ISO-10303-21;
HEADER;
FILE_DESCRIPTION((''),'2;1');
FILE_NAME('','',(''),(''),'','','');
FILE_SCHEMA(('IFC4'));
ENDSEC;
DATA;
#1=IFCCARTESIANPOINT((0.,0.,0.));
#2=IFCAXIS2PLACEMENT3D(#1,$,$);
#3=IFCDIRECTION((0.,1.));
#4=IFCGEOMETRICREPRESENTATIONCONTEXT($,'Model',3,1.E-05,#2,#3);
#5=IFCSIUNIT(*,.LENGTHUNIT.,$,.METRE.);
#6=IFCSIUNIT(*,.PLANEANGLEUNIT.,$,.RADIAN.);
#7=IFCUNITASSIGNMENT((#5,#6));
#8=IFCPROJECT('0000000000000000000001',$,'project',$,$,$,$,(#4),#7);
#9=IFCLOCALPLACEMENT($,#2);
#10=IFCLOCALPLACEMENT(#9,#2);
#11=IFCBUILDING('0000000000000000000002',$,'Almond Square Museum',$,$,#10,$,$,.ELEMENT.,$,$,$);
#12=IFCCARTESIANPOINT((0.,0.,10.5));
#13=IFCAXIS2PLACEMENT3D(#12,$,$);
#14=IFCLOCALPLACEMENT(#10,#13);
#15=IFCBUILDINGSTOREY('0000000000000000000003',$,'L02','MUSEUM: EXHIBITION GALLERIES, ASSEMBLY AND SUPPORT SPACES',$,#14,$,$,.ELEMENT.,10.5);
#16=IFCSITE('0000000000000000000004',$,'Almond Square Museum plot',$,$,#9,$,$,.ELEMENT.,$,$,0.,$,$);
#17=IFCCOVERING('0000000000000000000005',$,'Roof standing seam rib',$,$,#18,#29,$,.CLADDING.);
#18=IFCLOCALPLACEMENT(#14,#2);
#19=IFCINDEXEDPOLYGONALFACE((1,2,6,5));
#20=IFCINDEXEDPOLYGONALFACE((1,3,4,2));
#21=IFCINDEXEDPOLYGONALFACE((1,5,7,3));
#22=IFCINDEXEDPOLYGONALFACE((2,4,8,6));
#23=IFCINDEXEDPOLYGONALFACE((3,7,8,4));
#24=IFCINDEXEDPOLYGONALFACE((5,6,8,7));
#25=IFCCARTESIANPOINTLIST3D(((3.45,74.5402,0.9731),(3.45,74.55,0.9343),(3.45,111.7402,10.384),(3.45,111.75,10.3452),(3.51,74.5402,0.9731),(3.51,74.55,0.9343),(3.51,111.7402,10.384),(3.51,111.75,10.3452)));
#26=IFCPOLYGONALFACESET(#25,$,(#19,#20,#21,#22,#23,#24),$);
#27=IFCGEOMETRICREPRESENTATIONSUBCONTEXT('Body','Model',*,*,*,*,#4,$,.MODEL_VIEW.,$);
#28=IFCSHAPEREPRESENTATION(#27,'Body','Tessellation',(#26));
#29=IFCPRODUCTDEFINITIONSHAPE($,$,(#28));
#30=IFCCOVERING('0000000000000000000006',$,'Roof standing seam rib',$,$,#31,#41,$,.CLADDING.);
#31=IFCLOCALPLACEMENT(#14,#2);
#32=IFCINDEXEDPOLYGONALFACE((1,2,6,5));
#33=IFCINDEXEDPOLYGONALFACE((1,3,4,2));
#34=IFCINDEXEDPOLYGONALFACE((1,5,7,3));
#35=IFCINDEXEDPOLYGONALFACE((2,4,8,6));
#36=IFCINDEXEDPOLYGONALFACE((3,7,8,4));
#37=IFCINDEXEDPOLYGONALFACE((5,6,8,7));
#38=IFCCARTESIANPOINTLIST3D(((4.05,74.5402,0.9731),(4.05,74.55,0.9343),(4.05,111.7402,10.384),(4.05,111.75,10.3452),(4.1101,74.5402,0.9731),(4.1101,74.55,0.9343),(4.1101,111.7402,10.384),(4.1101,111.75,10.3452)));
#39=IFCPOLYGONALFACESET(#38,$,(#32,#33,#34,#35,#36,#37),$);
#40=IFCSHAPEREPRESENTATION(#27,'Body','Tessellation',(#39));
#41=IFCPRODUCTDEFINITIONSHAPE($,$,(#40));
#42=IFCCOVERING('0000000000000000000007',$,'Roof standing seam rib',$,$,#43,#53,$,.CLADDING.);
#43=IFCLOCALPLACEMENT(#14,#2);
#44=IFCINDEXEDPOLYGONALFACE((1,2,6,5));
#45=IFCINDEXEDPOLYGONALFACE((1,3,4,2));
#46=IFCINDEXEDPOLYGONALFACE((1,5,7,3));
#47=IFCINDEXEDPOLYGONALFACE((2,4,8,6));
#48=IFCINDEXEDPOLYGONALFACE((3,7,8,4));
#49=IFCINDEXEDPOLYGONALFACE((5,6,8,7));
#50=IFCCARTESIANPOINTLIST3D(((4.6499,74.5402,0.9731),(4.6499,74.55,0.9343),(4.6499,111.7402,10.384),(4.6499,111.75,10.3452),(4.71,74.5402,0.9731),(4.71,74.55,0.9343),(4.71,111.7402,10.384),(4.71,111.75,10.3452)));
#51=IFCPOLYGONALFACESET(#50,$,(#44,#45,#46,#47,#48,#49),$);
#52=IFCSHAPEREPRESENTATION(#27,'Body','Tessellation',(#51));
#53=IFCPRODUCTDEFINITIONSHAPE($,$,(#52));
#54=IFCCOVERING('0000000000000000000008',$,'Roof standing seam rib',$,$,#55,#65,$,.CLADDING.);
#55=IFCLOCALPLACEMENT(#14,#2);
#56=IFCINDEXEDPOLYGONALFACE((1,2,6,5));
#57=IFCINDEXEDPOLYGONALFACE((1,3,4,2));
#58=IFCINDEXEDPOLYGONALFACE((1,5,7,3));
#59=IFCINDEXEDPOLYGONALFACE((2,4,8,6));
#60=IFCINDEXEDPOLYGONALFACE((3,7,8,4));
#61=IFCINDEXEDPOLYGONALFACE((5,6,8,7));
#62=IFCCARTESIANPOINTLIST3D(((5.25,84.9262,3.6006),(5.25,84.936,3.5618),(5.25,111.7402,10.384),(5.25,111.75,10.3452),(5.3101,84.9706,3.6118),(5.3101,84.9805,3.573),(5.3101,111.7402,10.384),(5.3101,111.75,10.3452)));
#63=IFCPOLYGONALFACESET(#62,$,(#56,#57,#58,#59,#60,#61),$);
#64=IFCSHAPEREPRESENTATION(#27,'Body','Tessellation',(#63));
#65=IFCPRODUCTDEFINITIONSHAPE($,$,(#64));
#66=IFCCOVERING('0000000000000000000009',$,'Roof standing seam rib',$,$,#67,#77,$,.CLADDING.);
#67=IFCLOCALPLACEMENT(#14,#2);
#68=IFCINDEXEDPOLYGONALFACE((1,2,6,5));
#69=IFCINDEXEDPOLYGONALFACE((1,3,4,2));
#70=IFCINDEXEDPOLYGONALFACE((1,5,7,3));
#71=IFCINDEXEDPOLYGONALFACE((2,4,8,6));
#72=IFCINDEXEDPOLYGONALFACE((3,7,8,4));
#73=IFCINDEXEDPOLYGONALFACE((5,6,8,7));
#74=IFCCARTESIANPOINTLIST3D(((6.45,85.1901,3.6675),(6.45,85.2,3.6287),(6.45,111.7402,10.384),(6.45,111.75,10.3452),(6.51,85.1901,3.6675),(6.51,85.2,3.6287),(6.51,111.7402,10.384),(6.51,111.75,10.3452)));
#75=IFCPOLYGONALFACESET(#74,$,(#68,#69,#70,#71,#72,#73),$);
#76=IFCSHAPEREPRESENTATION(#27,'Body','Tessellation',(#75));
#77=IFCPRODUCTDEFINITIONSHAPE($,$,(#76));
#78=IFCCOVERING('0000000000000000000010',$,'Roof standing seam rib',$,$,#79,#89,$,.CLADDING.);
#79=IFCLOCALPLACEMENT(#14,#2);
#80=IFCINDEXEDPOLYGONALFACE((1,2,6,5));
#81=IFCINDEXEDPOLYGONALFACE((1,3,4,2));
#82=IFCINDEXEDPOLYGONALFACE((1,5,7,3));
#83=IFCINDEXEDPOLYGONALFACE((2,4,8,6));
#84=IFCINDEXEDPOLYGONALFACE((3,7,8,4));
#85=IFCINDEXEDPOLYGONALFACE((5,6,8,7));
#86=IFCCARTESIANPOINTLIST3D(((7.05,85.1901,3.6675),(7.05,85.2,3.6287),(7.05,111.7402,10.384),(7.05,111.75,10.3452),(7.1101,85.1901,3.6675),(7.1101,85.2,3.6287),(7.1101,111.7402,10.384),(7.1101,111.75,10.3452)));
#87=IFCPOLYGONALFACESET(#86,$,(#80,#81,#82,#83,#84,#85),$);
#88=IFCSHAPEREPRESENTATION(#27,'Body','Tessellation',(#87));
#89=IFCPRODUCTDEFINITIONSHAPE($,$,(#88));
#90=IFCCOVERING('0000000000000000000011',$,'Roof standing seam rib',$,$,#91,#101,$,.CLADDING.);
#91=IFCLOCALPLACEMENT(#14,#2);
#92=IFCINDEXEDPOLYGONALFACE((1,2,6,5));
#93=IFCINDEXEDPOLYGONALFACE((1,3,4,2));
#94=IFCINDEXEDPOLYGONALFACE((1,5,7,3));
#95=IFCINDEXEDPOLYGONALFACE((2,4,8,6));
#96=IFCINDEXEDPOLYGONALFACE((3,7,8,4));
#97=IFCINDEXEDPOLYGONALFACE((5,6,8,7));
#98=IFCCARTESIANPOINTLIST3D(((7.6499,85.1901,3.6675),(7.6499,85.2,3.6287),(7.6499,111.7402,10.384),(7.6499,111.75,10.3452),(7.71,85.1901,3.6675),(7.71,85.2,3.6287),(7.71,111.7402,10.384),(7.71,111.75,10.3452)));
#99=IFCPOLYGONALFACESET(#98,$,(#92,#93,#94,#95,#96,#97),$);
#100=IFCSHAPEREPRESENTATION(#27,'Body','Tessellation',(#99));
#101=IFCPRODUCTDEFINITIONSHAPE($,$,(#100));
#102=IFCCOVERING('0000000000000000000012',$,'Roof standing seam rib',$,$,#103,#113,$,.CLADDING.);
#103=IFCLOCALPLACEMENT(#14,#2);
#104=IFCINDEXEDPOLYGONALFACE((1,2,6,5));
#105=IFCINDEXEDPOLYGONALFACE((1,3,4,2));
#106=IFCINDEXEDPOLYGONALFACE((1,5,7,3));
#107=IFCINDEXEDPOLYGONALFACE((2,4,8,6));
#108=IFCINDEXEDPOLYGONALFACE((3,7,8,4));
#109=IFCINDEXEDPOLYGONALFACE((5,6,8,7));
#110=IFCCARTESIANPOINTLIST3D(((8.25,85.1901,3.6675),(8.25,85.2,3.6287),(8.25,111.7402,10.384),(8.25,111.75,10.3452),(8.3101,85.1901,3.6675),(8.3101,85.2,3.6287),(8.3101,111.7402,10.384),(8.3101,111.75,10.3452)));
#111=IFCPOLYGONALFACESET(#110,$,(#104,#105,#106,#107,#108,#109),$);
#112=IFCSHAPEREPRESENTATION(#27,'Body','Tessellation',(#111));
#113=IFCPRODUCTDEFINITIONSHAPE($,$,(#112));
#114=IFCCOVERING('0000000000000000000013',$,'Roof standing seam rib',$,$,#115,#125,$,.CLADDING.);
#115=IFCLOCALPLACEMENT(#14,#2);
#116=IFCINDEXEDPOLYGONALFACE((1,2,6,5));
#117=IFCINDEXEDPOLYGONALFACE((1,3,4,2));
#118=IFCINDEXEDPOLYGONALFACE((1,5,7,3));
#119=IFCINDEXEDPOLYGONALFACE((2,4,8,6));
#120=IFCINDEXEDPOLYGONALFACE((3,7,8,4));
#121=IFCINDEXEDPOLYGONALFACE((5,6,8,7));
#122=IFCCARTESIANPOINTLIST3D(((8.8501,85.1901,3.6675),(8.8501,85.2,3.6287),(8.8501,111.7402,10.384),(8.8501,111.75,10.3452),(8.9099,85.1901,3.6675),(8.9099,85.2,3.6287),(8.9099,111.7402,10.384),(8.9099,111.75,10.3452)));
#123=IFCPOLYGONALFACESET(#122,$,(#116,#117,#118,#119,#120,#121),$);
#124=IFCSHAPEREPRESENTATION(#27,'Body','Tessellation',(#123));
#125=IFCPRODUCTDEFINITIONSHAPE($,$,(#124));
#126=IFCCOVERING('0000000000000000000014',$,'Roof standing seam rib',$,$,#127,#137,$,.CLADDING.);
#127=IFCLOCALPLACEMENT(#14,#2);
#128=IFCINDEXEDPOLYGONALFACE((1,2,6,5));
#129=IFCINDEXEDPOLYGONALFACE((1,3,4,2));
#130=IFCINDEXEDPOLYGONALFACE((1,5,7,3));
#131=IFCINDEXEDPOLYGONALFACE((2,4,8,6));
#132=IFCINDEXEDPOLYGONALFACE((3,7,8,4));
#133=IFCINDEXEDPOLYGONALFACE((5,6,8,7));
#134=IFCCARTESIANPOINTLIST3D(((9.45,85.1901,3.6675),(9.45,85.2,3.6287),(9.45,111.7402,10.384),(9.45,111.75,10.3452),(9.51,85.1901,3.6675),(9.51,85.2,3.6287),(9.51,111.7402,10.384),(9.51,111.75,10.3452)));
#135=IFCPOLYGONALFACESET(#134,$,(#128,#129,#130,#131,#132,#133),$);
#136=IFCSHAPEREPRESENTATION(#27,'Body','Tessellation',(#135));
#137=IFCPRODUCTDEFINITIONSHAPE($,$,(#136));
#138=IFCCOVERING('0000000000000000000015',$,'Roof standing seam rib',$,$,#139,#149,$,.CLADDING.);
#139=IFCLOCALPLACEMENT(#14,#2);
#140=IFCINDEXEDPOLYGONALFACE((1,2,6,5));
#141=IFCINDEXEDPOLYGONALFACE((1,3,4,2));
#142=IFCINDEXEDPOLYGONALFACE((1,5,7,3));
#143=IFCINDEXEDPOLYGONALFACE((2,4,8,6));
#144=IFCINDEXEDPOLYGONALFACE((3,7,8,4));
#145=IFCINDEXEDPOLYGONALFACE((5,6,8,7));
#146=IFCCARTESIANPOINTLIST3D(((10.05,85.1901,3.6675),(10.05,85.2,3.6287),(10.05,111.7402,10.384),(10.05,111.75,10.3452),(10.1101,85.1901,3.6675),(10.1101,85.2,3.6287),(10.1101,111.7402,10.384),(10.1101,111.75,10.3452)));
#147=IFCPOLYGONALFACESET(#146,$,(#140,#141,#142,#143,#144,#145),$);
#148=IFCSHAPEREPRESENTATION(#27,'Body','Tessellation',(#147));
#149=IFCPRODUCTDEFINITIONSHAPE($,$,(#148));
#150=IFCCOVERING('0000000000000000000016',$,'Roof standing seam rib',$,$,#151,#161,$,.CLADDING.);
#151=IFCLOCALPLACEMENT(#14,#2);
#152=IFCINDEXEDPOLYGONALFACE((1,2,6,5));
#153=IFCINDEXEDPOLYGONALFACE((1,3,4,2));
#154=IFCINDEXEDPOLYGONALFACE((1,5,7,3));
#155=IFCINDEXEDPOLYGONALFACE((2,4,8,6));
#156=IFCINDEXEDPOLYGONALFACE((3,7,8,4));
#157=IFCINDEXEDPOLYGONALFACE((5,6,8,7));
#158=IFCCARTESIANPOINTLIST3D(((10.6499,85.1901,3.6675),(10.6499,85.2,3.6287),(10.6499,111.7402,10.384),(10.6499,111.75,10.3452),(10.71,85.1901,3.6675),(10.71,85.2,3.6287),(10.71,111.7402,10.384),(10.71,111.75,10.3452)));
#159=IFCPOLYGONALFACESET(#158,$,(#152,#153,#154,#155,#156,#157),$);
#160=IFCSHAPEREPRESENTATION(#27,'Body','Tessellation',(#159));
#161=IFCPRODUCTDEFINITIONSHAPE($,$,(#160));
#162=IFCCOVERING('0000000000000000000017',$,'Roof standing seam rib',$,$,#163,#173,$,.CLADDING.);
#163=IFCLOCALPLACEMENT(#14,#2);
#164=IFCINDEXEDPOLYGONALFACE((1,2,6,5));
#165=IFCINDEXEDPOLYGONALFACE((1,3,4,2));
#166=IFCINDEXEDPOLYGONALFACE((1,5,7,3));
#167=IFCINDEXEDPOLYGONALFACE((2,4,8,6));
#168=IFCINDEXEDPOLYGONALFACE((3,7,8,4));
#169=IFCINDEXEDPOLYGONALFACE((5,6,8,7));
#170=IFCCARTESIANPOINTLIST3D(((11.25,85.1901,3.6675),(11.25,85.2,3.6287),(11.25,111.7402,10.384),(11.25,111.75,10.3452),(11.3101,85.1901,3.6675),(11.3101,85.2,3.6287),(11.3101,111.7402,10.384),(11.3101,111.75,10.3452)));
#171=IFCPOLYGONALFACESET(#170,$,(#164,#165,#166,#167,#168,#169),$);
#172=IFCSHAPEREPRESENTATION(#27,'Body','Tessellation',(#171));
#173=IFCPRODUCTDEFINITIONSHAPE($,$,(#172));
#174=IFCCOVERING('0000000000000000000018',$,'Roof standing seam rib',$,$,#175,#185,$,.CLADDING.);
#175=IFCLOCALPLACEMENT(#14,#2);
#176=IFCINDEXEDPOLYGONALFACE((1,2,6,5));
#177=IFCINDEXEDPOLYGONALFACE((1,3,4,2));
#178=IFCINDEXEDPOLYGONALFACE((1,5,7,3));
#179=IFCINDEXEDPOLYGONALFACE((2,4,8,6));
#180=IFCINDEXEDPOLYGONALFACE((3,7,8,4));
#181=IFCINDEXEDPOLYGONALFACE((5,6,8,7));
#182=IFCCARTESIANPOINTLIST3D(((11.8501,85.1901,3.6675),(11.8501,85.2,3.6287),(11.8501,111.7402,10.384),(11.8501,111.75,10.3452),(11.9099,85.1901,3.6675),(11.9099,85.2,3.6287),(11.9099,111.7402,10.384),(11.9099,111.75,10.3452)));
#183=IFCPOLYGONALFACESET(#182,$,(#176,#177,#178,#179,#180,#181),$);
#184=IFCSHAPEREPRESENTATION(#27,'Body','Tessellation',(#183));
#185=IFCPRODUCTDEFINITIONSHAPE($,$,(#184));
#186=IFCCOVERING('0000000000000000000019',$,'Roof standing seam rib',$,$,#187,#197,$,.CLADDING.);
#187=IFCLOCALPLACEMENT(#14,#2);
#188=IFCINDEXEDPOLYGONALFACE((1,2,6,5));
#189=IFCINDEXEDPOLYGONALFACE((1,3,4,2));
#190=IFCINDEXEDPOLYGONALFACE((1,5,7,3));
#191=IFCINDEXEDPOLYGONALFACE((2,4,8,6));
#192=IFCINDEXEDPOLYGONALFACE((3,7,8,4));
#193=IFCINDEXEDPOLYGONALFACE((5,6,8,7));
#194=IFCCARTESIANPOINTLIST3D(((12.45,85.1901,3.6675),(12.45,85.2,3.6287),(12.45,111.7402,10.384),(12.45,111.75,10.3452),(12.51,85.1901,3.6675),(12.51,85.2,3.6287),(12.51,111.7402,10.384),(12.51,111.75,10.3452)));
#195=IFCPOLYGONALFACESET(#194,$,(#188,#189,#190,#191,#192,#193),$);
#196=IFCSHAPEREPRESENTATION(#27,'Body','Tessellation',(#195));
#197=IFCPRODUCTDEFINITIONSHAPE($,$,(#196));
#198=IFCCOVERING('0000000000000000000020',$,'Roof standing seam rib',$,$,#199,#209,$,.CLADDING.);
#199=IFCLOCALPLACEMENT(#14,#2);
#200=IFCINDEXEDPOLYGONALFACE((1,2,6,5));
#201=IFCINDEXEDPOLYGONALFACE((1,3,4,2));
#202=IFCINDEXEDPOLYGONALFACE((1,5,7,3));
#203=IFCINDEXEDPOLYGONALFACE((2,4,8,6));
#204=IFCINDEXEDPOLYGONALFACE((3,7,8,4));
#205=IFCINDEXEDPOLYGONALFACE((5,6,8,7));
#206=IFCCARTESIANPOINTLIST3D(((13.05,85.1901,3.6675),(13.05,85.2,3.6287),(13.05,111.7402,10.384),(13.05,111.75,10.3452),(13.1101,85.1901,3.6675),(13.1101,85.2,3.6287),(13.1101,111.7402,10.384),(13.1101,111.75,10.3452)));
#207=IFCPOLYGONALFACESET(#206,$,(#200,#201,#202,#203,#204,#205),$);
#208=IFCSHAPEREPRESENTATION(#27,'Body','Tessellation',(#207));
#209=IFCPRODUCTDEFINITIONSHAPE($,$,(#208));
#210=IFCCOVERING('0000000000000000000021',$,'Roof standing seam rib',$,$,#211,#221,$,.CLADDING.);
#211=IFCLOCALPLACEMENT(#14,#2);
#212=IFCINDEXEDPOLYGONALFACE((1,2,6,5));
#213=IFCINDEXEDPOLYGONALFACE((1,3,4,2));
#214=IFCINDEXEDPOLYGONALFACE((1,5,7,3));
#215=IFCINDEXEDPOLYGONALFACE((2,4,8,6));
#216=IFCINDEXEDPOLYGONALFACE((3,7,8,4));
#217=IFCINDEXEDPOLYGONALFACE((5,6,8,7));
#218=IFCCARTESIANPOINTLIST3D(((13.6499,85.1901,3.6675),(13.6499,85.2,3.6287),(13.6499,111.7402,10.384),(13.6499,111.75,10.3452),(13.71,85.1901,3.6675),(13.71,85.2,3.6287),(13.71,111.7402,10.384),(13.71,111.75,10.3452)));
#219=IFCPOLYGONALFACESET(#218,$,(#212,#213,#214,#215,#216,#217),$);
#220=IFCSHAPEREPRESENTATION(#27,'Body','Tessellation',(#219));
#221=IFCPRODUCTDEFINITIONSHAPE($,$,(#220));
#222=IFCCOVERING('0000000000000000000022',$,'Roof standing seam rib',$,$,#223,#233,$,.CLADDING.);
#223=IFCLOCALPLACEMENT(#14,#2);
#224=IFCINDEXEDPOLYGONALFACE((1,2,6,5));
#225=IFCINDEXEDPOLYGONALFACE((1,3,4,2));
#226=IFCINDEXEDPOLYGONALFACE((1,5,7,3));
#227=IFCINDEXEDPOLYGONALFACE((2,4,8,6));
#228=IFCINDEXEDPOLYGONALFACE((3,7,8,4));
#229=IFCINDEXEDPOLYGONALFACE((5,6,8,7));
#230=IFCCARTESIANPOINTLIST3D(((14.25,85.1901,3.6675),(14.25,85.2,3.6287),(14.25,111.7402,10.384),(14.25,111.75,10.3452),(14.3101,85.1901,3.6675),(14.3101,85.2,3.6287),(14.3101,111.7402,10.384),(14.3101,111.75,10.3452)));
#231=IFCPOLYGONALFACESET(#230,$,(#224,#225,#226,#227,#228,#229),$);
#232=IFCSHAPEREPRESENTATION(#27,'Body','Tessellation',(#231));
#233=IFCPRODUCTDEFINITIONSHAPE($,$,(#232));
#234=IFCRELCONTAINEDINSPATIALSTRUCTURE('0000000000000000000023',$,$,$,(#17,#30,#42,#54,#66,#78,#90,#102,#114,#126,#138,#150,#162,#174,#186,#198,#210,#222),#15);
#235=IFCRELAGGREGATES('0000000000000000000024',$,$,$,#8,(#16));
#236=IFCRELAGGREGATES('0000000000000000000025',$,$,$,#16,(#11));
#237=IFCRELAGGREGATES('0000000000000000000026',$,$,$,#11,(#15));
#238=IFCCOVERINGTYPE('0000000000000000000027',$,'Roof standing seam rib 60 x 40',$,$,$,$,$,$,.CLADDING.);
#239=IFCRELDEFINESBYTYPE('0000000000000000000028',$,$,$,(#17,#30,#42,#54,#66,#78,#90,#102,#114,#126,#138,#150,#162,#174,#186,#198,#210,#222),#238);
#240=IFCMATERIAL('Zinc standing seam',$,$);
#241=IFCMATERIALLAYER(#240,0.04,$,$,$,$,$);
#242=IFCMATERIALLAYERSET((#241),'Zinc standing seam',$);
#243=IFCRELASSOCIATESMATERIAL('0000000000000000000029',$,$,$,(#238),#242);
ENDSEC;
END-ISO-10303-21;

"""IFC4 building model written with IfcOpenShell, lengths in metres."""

from ifc_helpers import new_model, si_unit, direction, frame, origin, place, context, subcontext, project, spatial, polyline, outline, extrude, material, layer, layer_set, type_object, element, save


model = new_model("IFC4")

# Units and contexts
model_context = context("Model", 3, precision=1e-05, world=origin(), true_north=direction((0.0, 1.0)))
body_context = subcontext(model_context, "Body", "Model", "MODEL_VIEW")
ifc_project = project(units=[si_unit("LENGTHUNIT", "METRE"), si_unit("PLANEANGLEUNIT", "RADIAN")], contexts=[model_context])

# Site, building, storey
site_placement = place(None, origin())
site = spatial("IfcSite", under=ifc_project, at=site_placement, Name="Almond Square Museum plot", CompositionType="ELEMENT", RefElevation=0.0)
building_placement = place(site_placement, origin())
building = spatial("IfcBuilding", under=site, at=building_placement, Name="Almond Square Museum", CompositionType="ELEMENT")
storey_placement = place(building_placement, frame((0.0, 0.0, 10.5)))
storey = spatial("IfcBuildingStorey", under=building, at=storey_placement, Name="L02", Description="MUSEUM: EXHIBITION GALLERIES, ASSEMBLY AND SUPPORT SPACES", CompositionType="ELEMENT", Elevation=10.5)

# Coverings
ifc_material_1 = material(Name="Zinc standing seam")
ifc_layer = layer(ifc_material_1, 0.04)
ifc_layer_set = layer_set([ifc_layer], Name="Zinc standing seam")
covering_type = type_object("IfcCoveringType", Name="Roof standing seam rib 60 x 40", PredefinedType="CLADDING", material=ifc_layer_set)
for number, where, z_axis, x_axis, name in (
    (1, (3.51, 111.75, 10.3452), (0.0, -0.245255, 0.969459), (-1.0, 0.0, 0.0), "Roof standing seam rib"),
    (2, (4.1101, 111.75, 10.3452), (0.0, -0.245255, 0.969459), (-1.0, 0.0, 0.0), "Roof standing seam rib"),
    (3, (4.71, 111.75, 10.3452), (0.0, -0.245255, 0.969459), (-1.0, 0.0, 0.0), "Roof standing seam rib"),
):
    element("IfcCovering", number, at=place(storey_placement, frame(where, z_axis=z_axis, x_axis=x_axis)), inside=storey, type_object=covering_type, Name=name, PredefinedType="CLADDING", context=body_context, shape_type="SweptSolid", body=[
        extrude(outline(polyline([(0.0, 0.0), (0.0601, 0.0), (0.0601, 38.3719), (0.0, 38.3719), (0.0, 0.0)])), origin(), (0.0, 0.0, 1.0), 0.04),
    ])
covering_1_placement = place(storey_placement, frame((5.3101, 111.75, 10.3452), z_axis=(0.000084, -0.245256, 0.969458), x_axis=(-1.0, -0.000021, 0.000082)))
element("IfcCovering", 4, at=covering_1_placement, inside=storey, type_object=covering_type, Name="Roof standing seam rib", PredefinedType="CLADDING", context=body_context, shape_type="SweptSolid", body=[
    extrude(outline(polyline([(0.0, 0.0), (0.0601, 0.0), (0.0601, 27.6587), (0.0, 27.6129), (0.0, 0.0)])), origin(), (0.0, 0.0, 1.0), 0.04),
])
for number, where, z_axis, x_axis, name in (
    (5, (6.51, 111.75, 10.3452), (0.0, -0.245251, 0.96946), (-1.0, 0.0, 0.0), "Roof standing seam rib"),
    (6, (7.1101, 111.75, 10.3452), (0.0, -0.245251, 0.96946), (-1.0, 0.0, 0.0), "Roof standing seam rib"),
    (7, (7.71, 111.75, 10.3452), (0.0, -0.245251, 0.96946), (-1.0, 0.0, 0.0), "Roof standing seam rib"),
    (8, (8.3101, 111.75, 10.3452), (0.0, -0.245251, 0.96946), (-1.0, 0.0, 0.0), "Roof standing seam rib"),
):
    element("IfcCovering", number, at=place(storey_placement, frame(where, z_axis=z_axis, x_axis=x_axis)), inside=storey, type_object=covering_type, Name=name, PredefinedType="CLADDING", context=body_context, shape_type="SweptSolid", body=[
        extrude(outline(polyline([(0.0, 0.0), (0.0601, 0.0), (0.0601, 27.3864), (0.0, 27.3864), (0.0, 0.0)])), origin(), (0.0, 0.0, 1.0), 0.04),
    ])
covering_2_placement = place(storey_placement, frame((8.9099, 111.75, 10.3452), z_axis=(0.0, -0.245251, 0.96946), x_axis=(-1.0, 0.0, 0.0)))
element("IfcCovering", 9, at=covering_2_placement, inside=storey, type_object=covering_type, Name="Roof standing seam rib", PredefinedType="CLADDING", context=body_context, shape_type="SweptSolid", body=[
    extrude(outline(polyline([(0.0, 0.0), (0.0598, 0.0), (0.0598, 27.3864), (0.0, 27.3864), (0.0, 0.0)])), origin(), (0.0, 0.0, 1.0), 0.04),
])
for number, where, z_axis, x_axis, name in (
    (10, (9.51, 111.75, 10.3452), (0.0, -0.245251, 0.96946), (-1.0, 0.0, 0.0), "Roof standing seam rib"),
    (11, (10.1101, 111.75, 10.3452), (0.0, -0.245251, 0.96946), (-1.0, 0.0, 0.0), "Roof standing seam rib"),
    (12, (10.71, 111.75, 10.3452), (0.0, -0.245251, 0.96946), (-1.0, 0.0, 0.0), "Roof standing seam rib"),
    (13, (11.3101, 111.75, 10.3452), (0.0, -0.245251, 0.96946), (-1.0, 0.0, 0.0), "Roof standing seam rib"),
):
    element("IfcCovering", number, at=place(storey_placement, frame(where, z_axis=z_axis, x_axis=x_axis)), inside=storey, type_object=covering_type, Name=name, PredefinedType="CLADDING", context=body_context, shape_type="SweptSolid", body=[
        extrude(outline(polyline([(0.0, 0.0), (0.0601, 0.0), (0.0601, 27.3864), (0.0, 27.3864), (0.0, 0.0)])), origin(), (0.0, 0.0, 1.0), 0.04),
    ])
covering_3_placement = place(storey_placement, frame((11.9099, 111.75, 10.3452), z_axis=(0.0, -0.245251, 0.96946), x_axis=(-1.0, 0.0, 0.0)))
element("IfcCovering", 14, at=covering_3_placement, inside=storey, type_object=covering_type, Name="Roof standing seam rib", PredefinedType="CLADDING", context=body_context, shape_type="SweptSolid", body=[
    extrude(outline(polyline([(0.0, 0.0), (0.0598, 0.0), (0.0598, 27.3864), (0.0, 27.3864), (0.0, 0.0)])), origin(), (0.0, 0.0, 1.0), 0.04),
])
for number, where, z_axis, x_axis, name in (
    (15, (12.51, 111.75, 10.3452), (0.0, -0.245251, 0.96946), (-1.0, 0.0, 0.0), "Roof standing seam rib"),
    (16, (13.1101, 111.75, 10.3452), (0.0, -0.245251, 0.96946), (-1.0, 0.0, 0.0), "Roof standing seam rib"),
    (17, (13.71, 111.75, 10.3452), (0.0, -0.245251, 0.96946), (-1.0, 0.0, 0.0), "Roof standing seam rib"),
    (18, (14.3101, 111.75, 10.3452), (0.0, -0.245251, 0.96946), (-1.0, 0.0, 0.0), "Roof standing seam rib"),
):
    element("IfcCovering", number, at=place(storey_placement, frame(where, z_axis=z_axis, x_axis=x_axis)), inside=storey, type_object=covering_type, Name=name, PredefinedType="CLADDING", context=body_context, shape_type="SweptSolid", body=[
        extrude(outline(polyline([(0.0, 0.0), (0.0601, 0.0), (0.0601, 27.3864), (0.0, 27.3864), (0.0, 0.0)])), origin(), (0.0, 0.0, 1.0), 0.04),
    ])

save(model, "model.ifc")
